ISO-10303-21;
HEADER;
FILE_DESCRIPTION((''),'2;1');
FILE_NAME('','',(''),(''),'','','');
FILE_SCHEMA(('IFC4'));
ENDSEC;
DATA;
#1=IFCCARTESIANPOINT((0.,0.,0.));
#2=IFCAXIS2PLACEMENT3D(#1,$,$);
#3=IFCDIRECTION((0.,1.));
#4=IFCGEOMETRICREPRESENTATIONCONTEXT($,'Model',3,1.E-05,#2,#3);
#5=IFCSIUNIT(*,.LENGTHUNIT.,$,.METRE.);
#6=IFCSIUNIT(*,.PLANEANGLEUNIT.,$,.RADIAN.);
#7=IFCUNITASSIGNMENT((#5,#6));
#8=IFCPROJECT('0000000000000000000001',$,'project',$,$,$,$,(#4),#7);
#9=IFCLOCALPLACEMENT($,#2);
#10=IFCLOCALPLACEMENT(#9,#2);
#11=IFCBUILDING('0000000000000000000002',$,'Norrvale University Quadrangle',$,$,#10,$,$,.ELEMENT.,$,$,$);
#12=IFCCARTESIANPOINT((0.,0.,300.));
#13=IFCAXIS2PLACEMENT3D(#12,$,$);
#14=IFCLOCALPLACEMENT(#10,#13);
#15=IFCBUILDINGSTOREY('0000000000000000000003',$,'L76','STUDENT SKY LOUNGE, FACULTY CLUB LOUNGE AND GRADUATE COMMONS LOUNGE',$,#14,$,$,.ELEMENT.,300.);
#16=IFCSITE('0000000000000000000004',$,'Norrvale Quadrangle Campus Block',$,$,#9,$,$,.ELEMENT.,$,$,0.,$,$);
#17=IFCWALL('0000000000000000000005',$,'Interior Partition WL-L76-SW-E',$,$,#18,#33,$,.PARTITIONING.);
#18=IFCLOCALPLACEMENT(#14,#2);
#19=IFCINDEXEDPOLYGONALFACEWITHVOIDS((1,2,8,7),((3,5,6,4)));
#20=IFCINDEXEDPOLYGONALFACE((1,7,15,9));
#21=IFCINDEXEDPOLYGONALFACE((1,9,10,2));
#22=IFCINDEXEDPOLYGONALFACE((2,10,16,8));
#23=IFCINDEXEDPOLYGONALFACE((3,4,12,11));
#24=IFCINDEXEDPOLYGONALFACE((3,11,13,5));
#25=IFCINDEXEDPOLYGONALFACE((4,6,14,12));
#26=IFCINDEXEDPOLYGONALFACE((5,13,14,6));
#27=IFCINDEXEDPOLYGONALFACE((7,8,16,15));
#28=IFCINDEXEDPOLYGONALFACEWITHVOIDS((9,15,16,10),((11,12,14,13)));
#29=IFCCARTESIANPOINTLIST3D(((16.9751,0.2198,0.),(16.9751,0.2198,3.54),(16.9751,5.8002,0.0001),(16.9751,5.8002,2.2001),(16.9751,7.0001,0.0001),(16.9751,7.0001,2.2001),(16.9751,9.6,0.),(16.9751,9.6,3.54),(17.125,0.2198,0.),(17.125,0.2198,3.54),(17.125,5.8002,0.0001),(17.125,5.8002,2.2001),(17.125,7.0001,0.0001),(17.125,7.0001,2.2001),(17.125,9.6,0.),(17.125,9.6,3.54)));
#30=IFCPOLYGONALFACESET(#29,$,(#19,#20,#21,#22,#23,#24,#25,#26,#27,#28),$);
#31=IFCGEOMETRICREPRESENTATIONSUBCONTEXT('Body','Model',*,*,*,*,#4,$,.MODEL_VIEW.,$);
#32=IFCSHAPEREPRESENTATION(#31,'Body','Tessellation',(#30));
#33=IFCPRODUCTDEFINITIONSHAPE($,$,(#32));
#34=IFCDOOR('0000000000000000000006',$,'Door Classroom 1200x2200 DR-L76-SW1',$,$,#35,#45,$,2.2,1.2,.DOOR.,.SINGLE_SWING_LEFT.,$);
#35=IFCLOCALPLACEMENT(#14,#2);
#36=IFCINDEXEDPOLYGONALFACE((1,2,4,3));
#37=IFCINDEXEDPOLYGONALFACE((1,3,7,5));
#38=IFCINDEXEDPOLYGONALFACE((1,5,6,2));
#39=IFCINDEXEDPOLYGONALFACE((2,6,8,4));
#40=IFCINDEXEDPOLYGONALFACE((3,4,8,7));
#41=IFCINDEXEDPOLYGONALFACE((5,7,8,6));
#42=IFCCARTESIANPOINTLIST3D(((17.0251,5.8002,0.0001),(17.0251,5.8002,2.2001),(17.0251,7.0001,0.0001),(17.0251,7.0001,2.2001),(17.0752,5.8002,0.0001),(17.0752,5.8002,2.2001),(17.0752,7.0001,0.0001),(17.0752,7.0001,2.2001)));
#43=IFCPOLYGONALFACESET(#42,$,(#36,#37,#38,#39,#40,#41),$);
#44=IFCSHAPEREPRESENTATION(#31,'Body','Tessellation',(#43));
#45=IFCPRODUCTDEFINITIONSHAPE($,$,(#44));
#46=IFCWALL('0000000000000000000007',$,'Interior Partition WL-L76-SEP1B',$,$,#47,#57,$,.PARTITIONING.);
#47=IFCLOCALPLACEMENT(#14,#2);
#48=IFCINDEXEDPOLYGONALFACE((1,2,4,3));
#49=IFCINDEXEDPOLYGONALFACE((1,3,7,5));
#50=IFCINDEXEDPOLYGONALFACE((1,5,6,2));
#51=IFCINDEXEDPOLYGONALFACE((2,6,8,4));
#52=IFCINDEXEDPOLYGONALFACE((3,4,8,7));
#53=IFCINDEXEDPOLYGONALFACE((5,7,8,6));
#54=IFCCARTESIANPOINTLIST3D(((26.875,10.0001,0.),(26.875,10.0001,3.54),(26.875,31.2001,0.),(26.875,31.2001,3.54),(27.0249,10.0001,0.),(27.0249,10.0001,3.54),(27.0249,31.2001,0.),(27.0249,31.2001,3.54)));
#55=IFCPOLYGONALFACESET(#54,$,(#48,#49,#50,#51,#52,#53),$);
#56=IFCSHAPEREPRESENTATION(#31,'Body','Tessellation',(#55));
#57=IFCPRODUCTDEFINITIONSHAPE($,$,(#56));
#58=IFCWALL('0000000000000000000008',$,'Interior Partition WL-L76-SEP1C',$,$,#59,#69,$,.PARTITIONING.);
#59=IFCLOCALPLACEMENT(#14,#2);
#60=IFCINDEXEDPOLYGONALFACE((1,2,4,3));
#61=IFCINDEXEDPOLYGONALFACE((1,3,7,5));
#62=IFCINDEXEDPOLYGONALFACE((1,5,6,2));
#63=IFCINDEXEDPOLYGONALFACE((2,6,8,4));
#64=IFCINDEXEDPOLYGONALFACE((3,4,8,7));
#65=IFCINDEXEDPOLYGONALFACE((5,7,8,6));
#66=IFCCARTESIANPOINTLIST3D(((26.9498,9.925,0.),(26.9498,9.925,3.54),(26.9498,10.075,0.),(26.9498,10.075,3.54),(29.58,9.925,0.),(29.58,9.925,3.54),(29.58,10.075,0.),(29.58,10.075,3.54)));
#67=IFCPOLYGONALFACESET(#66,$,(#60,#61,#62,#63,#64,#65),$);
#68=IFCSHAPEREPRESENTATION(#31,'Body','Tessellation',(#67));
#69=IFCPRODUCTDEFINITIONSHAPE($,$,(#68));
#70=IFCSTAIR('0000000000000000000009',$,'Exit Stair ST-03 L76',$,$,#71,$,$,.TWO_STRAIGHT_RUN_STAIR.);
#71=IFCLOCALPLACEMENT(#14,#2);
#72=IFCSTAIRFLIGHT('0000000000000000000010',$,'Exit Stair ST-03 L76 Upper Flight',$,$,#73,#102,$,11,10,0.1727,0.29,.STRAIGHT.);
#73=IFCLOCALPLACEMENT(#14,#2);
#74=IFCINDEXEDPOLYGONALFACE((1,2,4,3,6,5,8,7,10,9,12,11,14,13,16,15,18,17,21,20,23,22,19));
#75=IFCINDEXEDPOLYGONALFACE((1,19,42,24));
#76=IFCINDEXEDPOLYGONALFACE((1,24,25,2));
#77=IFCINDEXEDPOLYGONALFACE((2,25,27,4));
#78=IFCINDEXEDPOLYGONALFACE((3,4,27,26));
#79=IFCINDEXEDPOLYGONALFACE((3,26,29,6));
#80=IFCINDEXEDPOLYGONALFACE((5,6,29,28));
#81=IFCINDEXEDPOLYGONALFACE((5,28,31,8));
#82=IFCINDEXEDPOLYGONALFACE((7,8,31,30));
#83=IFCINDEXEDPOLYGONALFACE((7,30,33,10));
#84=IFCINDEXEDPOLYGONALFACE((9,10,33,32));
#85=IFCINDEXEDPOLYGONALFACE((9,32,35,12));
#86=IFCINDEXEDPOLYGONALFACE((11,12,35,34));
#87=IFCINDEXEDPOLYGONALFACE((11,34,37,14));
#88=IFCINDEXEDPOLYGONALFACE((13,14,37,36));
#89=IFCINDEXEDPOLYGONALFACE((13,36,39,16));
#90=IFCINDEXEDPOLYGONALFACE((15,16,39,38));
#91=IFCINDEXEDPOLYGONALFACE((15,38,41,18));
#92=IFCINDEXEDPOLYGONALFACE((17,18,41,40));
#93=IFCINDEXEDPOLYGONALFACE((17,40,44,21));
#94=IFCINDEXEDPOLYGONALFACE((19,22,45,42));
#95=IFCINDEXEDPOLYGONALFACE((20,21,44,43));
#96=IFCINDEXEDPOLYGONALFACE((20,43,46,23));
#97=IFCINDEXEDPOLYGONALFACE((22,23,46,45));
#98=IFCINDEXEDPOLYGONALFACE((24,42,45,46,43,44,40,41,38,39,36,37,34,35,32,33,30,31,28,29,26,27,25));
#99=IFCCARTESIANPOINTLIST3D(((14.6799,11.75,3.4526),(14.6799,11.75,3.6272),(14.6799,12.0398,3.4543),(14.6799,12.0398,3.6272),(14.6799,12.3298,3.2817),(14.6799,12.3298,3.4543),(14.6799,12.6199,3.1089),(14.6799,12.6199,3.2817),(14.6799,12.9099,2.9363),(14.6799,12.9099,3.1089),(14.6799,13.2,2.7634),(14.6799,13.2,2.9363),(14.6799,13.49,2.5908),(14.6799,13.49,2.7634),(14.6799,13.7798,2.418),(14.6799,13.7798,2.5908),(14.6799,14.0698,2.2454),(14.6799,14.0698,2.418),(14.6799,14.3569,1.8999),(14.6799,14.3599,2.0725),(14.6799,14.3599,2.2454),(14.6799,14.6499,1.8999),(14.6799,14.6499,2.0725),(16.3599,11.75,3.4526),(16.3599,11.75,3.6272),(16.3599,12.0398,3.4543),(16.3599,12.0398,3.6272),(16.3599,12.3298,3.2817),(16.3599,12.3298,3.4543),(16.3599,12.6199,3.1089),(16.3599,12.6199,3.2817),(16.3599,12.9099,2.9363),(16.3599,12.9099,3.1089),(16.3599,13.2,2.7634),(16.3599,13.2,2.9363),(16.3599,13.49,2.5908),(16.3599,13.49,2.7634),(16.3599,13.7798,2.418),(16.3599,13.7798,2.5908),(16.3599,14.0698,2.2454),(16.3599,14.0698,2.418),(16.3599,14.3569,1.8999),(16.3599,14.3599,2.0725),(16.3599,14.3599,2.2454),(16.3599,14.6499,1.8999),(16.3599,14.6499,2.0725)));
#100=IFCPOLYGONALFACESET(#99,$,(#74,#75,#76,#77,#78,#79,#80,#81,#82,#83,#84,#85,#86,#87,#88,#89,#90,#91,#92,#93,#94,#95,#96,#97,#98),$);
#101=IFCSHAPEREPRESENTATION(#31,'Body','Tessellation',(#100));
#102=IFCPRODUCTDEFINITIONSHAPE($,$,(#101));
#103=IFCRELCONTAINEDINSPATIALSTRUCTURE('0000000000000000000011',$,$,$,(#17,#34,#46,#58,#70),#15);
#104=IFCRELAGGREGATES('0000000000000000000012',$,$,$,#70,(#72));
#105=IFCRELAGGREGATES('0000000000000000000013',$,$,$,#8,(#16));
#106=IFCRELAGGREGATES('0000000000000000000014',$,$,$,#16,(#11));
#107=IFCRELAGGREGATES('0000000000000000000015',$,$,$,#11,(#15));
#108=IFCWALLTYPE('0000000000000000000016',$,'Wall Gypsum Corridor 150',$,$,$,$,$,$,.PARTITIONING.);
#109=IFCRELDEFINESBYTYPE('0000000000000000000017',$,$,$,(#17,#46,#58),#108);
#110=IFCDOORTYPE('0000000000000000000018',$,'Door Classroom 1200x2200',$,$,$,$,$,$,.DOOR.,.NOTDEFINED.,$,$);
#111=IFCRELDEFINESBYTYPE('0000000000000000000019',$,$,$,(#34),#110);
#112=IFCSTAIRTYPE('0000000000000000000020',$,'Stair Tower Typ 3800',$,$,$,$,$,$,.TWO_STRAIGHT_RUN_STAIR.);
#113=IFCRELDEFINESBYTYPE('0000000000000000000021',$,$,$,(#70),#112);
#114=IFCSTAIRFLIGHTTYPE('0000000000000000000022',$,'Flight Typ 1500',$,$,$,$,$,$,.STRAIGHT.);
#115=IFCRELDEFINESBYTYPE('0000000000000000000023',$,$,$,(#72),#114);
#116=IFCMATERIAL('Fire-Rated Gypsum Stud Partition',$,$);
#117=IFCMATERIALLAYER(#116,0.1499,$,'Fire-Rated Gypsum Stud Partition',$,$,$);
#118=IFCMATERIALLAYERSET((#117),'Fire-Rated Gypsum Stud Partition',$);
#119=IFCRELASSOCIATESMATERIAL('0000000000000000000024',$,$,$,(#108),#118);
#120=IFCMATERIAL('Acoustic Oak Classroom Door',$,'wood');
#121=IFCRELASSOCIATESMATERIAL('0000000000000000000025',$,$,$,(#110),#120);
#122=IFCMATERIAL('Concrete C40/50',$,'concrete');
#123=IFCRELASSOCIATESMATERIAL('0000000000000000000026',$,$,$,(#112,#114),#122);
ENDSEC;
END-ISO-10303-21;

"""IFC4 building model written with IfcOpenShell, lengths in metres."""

from ifc_helpers import new_model, si_unit, direction, frame, frame_2d, origin, place, context, subcontext, project, spatial, polyline, rectangle, outline, extrude, material, layer, layer_set, type_object, element, fill, aggregate, save


model = new_model("IFC4")

# Units and contexts
model_context = context("Model", 3, precision=1e-05, world=origin(), true_north=direction((0.0, 1.0)))
body_context = subcontext(model_context, "Body", "Model", "MODEL_VIEW")
ifc_project = project(units=[si_unit("LENGTHUNIT", "METRE"), si_unit("PLANEANGLEUNIT", "RADIAN")], contexts=[model_context])

# Site, building, storey
site_placement = place(None, origin())
site = spatial("IfcSite", under=ifc_project, at=site_placement, Name="Norrvale Quadrangle Campus Block", CompositionType="ELEMENT", RefElevation=0.0)
building_placement = place(site_placement, origin())
building = spatial("IfcBuilding", under=site, at=building_placement, Name="Norrvale University Quadrangle", CompositionType="ELEMENT")
storey_placement = place(building_placement, frame((0.0, 0.0, 300.0)))
storey = spatial("IfcBuildingStorey", under=building, at=storey_placement, Name="L76", Description="STUDENT SKY LOUNGE, FACULTY CLUB LOUNGE AND GRADUATE COMMONS LOUNGE", CompositionType="ELEMENT", Elevation=300.0)

# Shared definitions
ifc_material_1 = material(Name="Fire-Rated Gypsum Stud Partition")
ifc_layer_1 = layer(ifc_material_1, 0.1499, Name="Fire-Rated Gypsum Stud Partition")
ifc_layer_set_1 = layer_set([ifc_layer_1], Name="Fire-Rated Gypsum Stud Partition")
wall_type_1 = type_object("IfcWallType", Name="Wall Gypsum Corridor 150", PredefinedType="PARTITIONING", material=ifc_layer_set_1)

# Wall, opening, door
wall_1_placement = place(storey_placement, frame((17.05, 0.22, 0.0), z_axis=(0.0, 0.0, 1.0), x_axis=(0.0, 1.0, 0.0)))
wall_1 = element("IfcWall", 1, at=wall_1_placement, inside=storey, type_object=wall_type_1, Name="Interior Partition WL-L76-SW-E", PredefinedType="PARTITIONING", context=body_context, shape_type="SweptSolid", body=[
    extrude(rectangle(XDim=9.3801, YDim=0.1499, at=frame_2d((4.6899, 0.0))), origin(), (0.0, 0.0, 1.0), 3.54),
])
opening_1_placement = place(wall_1_placement, frame((5.5801, 0.0, 0.0)))
opening_1 = element("IfcOpeningElement", 2, at=opening_1_placement, cuts=wall_1, PredefinedType="OPENING", context=body_context, shape_type="SweptSolid", body=[
    extrude(rectangle(XDim=1.2, YDim=2.2, at=frame_2d((0.6001, 1.1001))), frame((0.0, 0.0869, 0.0), z_axis=(0.0, -1.0, 0.0), x_axis=(1.0, 0.0, 0.0)), (0.0, 0.0, 1.0), 0.1738),
])
ifc_material_2 = material(Name="Acoustic Oak Classroom Door", Category="wood")
door_type_1 = type_object("IfcDoorType", Name="Door Classroom 1200x2200", OperationType="NOTDEFINED", PredefinedType="DOOR", material=ifc_material_2)
door_1_placement = place(opening_1_placement, origin())
door_1 = element("IfcDoor", 3, at=door_1_placement, inside=storey, type_object=door_type_1, Name="Door Classroom 1200x2200 DR-L76-SW1", OperationType="SINGLE_SWING_LEFT", OverallHeight=2.2, OverallWidth=1.2, PredefinedType="DOOR", context=body_context, shape_type="SweptSolid", body=[
    extrude(rectangle(XDim=1.2, YDim=2.2, at=frame_2d((0.6001, 1.1001))), frame((0.0, 0.0249, 0.0), z_axis=(0.0, -1.0, 0.0), x_axis=(1.0, 0.0, 0.0)), (0.0, 0.0, 1.0), 0.05),
])
fill(opening_1, door_1)

# Walls
wall_2_placement = place(storey_placement, frame((26.95, 10.0, 0.0), z_axis=(0.0, 0.0, 1.0), x_axis=(0.0, 1.0, 0.0)))
element("IfcWall", 4, at=wall_2_placement, inside=storey, type_object=wall_type_1, Name="Interior Partition WL-L76-SEP1B", PredefinedType="PARTITIONING", context=body_context, shape_type="SweptSolid", body=[
    extrude(rectangle(XDim=21.2, YDim=0.1499, at=frame_2d((10.6001, 0.0))), origin(), (0.0, 0.0, 1.0), 3.54),
])
wall_3_placement = place(storey_placement, frame((26.95, 10.0, 0.0), z_axis=(0.0, 0.0, 1.0), x_axis=(1.0, 0.0, 0.0)))
element("IfcWall", 5, at=wall_3_placement, inside=storey, type_object=wall_type_1, Name="Interior Partition WL-L76-SEP1C", PredefinedType="PARTITIONING", context=body_context, shape_type="SweptSolid", body=[
    extrude(rectangle(XDim=2.6301, YDim=0.1499, at=frame_2d((1.3149, 0.0))), origin(), (0.0, 0.0, 1.0), 3.54),
])

# Stair, stair flight
ifc_material_3 = material(Name="Concrete C40/50", Category="concrete")
stair_type = type_object("IfcStairType", Name="Stair Tower Typ 3800", PredefinedType="TWO_STRAIGHT_RUN_STAIR", material=ifc_material_3)
stair_placement = place(storey_placement, origin())
stair = element("IfcStair", 6, at=stair_placement, inside=storey, type_object=stair_type, Name="Exit Stair ST-03 L76", PredefinedType="TWO_STRAIGHT_RUN_STAIR")
stair_flight_type = type_object("IfcStairFlightType", Name="Flight Typ 1500", PredefinedType="STRAIGHT", material=ifc_material_3)
stair_flight_placement = place(storey_placement, frame((15.52, 14.6499, 1.8999), z_axis=(0.0, 0.0, 1.0), x_axis=(0.0, -1.0, 0.0)))
stair_flight = element("IfcStairFlight", 7, at=stair_flight_placement, type_object=stair_flight_type, Name="Exit Stair ST-03 L76 Upper Flight", NumberOfRisers=11, NumberOfTreads=10, PredefinedType="STRAIGHT", RiserHeight=0.1727, TreadLength=0.29, context=body_context, shape_type="SweptSolid", body=[
    extrude(outline(polyline([(0.0, 0.0), (0.0, 0.1726), (0.29, 0.1726), (0.29, 0.3455), (0.5801, 0.3455), (0.5801, 0.5181), (0.8701, 0.5181), (0.8701, 0.6909), (1.1599, 0.6909), (1.1599, 0.8635), (1.45, 0.8635), (1.45, 1.0364), (1.74, 1.0364), (1.74, 1.209), (2.03, 1.209), (2.03, 1.3818), (2.3201, 1.3818), (2.3201, 1.5544), (2.6101, 1.5544), (2.6101, 1.7273), (2.8999, 1.7273), (2.8999, 1.8999), (2.8999, 1.5527), (0.293, 0.0), (0.0, 0.0)])), frame((0.0, 0.8398, 0.0), z_axis=(0.0, -1.0, 0.0), x_axis=(1.0, 0.0, 0.0)), (0.0, 0.0, 1.0), 1.6799),
])
aggregate(stair, [stair_flight])

save(model, "model.ifc")
